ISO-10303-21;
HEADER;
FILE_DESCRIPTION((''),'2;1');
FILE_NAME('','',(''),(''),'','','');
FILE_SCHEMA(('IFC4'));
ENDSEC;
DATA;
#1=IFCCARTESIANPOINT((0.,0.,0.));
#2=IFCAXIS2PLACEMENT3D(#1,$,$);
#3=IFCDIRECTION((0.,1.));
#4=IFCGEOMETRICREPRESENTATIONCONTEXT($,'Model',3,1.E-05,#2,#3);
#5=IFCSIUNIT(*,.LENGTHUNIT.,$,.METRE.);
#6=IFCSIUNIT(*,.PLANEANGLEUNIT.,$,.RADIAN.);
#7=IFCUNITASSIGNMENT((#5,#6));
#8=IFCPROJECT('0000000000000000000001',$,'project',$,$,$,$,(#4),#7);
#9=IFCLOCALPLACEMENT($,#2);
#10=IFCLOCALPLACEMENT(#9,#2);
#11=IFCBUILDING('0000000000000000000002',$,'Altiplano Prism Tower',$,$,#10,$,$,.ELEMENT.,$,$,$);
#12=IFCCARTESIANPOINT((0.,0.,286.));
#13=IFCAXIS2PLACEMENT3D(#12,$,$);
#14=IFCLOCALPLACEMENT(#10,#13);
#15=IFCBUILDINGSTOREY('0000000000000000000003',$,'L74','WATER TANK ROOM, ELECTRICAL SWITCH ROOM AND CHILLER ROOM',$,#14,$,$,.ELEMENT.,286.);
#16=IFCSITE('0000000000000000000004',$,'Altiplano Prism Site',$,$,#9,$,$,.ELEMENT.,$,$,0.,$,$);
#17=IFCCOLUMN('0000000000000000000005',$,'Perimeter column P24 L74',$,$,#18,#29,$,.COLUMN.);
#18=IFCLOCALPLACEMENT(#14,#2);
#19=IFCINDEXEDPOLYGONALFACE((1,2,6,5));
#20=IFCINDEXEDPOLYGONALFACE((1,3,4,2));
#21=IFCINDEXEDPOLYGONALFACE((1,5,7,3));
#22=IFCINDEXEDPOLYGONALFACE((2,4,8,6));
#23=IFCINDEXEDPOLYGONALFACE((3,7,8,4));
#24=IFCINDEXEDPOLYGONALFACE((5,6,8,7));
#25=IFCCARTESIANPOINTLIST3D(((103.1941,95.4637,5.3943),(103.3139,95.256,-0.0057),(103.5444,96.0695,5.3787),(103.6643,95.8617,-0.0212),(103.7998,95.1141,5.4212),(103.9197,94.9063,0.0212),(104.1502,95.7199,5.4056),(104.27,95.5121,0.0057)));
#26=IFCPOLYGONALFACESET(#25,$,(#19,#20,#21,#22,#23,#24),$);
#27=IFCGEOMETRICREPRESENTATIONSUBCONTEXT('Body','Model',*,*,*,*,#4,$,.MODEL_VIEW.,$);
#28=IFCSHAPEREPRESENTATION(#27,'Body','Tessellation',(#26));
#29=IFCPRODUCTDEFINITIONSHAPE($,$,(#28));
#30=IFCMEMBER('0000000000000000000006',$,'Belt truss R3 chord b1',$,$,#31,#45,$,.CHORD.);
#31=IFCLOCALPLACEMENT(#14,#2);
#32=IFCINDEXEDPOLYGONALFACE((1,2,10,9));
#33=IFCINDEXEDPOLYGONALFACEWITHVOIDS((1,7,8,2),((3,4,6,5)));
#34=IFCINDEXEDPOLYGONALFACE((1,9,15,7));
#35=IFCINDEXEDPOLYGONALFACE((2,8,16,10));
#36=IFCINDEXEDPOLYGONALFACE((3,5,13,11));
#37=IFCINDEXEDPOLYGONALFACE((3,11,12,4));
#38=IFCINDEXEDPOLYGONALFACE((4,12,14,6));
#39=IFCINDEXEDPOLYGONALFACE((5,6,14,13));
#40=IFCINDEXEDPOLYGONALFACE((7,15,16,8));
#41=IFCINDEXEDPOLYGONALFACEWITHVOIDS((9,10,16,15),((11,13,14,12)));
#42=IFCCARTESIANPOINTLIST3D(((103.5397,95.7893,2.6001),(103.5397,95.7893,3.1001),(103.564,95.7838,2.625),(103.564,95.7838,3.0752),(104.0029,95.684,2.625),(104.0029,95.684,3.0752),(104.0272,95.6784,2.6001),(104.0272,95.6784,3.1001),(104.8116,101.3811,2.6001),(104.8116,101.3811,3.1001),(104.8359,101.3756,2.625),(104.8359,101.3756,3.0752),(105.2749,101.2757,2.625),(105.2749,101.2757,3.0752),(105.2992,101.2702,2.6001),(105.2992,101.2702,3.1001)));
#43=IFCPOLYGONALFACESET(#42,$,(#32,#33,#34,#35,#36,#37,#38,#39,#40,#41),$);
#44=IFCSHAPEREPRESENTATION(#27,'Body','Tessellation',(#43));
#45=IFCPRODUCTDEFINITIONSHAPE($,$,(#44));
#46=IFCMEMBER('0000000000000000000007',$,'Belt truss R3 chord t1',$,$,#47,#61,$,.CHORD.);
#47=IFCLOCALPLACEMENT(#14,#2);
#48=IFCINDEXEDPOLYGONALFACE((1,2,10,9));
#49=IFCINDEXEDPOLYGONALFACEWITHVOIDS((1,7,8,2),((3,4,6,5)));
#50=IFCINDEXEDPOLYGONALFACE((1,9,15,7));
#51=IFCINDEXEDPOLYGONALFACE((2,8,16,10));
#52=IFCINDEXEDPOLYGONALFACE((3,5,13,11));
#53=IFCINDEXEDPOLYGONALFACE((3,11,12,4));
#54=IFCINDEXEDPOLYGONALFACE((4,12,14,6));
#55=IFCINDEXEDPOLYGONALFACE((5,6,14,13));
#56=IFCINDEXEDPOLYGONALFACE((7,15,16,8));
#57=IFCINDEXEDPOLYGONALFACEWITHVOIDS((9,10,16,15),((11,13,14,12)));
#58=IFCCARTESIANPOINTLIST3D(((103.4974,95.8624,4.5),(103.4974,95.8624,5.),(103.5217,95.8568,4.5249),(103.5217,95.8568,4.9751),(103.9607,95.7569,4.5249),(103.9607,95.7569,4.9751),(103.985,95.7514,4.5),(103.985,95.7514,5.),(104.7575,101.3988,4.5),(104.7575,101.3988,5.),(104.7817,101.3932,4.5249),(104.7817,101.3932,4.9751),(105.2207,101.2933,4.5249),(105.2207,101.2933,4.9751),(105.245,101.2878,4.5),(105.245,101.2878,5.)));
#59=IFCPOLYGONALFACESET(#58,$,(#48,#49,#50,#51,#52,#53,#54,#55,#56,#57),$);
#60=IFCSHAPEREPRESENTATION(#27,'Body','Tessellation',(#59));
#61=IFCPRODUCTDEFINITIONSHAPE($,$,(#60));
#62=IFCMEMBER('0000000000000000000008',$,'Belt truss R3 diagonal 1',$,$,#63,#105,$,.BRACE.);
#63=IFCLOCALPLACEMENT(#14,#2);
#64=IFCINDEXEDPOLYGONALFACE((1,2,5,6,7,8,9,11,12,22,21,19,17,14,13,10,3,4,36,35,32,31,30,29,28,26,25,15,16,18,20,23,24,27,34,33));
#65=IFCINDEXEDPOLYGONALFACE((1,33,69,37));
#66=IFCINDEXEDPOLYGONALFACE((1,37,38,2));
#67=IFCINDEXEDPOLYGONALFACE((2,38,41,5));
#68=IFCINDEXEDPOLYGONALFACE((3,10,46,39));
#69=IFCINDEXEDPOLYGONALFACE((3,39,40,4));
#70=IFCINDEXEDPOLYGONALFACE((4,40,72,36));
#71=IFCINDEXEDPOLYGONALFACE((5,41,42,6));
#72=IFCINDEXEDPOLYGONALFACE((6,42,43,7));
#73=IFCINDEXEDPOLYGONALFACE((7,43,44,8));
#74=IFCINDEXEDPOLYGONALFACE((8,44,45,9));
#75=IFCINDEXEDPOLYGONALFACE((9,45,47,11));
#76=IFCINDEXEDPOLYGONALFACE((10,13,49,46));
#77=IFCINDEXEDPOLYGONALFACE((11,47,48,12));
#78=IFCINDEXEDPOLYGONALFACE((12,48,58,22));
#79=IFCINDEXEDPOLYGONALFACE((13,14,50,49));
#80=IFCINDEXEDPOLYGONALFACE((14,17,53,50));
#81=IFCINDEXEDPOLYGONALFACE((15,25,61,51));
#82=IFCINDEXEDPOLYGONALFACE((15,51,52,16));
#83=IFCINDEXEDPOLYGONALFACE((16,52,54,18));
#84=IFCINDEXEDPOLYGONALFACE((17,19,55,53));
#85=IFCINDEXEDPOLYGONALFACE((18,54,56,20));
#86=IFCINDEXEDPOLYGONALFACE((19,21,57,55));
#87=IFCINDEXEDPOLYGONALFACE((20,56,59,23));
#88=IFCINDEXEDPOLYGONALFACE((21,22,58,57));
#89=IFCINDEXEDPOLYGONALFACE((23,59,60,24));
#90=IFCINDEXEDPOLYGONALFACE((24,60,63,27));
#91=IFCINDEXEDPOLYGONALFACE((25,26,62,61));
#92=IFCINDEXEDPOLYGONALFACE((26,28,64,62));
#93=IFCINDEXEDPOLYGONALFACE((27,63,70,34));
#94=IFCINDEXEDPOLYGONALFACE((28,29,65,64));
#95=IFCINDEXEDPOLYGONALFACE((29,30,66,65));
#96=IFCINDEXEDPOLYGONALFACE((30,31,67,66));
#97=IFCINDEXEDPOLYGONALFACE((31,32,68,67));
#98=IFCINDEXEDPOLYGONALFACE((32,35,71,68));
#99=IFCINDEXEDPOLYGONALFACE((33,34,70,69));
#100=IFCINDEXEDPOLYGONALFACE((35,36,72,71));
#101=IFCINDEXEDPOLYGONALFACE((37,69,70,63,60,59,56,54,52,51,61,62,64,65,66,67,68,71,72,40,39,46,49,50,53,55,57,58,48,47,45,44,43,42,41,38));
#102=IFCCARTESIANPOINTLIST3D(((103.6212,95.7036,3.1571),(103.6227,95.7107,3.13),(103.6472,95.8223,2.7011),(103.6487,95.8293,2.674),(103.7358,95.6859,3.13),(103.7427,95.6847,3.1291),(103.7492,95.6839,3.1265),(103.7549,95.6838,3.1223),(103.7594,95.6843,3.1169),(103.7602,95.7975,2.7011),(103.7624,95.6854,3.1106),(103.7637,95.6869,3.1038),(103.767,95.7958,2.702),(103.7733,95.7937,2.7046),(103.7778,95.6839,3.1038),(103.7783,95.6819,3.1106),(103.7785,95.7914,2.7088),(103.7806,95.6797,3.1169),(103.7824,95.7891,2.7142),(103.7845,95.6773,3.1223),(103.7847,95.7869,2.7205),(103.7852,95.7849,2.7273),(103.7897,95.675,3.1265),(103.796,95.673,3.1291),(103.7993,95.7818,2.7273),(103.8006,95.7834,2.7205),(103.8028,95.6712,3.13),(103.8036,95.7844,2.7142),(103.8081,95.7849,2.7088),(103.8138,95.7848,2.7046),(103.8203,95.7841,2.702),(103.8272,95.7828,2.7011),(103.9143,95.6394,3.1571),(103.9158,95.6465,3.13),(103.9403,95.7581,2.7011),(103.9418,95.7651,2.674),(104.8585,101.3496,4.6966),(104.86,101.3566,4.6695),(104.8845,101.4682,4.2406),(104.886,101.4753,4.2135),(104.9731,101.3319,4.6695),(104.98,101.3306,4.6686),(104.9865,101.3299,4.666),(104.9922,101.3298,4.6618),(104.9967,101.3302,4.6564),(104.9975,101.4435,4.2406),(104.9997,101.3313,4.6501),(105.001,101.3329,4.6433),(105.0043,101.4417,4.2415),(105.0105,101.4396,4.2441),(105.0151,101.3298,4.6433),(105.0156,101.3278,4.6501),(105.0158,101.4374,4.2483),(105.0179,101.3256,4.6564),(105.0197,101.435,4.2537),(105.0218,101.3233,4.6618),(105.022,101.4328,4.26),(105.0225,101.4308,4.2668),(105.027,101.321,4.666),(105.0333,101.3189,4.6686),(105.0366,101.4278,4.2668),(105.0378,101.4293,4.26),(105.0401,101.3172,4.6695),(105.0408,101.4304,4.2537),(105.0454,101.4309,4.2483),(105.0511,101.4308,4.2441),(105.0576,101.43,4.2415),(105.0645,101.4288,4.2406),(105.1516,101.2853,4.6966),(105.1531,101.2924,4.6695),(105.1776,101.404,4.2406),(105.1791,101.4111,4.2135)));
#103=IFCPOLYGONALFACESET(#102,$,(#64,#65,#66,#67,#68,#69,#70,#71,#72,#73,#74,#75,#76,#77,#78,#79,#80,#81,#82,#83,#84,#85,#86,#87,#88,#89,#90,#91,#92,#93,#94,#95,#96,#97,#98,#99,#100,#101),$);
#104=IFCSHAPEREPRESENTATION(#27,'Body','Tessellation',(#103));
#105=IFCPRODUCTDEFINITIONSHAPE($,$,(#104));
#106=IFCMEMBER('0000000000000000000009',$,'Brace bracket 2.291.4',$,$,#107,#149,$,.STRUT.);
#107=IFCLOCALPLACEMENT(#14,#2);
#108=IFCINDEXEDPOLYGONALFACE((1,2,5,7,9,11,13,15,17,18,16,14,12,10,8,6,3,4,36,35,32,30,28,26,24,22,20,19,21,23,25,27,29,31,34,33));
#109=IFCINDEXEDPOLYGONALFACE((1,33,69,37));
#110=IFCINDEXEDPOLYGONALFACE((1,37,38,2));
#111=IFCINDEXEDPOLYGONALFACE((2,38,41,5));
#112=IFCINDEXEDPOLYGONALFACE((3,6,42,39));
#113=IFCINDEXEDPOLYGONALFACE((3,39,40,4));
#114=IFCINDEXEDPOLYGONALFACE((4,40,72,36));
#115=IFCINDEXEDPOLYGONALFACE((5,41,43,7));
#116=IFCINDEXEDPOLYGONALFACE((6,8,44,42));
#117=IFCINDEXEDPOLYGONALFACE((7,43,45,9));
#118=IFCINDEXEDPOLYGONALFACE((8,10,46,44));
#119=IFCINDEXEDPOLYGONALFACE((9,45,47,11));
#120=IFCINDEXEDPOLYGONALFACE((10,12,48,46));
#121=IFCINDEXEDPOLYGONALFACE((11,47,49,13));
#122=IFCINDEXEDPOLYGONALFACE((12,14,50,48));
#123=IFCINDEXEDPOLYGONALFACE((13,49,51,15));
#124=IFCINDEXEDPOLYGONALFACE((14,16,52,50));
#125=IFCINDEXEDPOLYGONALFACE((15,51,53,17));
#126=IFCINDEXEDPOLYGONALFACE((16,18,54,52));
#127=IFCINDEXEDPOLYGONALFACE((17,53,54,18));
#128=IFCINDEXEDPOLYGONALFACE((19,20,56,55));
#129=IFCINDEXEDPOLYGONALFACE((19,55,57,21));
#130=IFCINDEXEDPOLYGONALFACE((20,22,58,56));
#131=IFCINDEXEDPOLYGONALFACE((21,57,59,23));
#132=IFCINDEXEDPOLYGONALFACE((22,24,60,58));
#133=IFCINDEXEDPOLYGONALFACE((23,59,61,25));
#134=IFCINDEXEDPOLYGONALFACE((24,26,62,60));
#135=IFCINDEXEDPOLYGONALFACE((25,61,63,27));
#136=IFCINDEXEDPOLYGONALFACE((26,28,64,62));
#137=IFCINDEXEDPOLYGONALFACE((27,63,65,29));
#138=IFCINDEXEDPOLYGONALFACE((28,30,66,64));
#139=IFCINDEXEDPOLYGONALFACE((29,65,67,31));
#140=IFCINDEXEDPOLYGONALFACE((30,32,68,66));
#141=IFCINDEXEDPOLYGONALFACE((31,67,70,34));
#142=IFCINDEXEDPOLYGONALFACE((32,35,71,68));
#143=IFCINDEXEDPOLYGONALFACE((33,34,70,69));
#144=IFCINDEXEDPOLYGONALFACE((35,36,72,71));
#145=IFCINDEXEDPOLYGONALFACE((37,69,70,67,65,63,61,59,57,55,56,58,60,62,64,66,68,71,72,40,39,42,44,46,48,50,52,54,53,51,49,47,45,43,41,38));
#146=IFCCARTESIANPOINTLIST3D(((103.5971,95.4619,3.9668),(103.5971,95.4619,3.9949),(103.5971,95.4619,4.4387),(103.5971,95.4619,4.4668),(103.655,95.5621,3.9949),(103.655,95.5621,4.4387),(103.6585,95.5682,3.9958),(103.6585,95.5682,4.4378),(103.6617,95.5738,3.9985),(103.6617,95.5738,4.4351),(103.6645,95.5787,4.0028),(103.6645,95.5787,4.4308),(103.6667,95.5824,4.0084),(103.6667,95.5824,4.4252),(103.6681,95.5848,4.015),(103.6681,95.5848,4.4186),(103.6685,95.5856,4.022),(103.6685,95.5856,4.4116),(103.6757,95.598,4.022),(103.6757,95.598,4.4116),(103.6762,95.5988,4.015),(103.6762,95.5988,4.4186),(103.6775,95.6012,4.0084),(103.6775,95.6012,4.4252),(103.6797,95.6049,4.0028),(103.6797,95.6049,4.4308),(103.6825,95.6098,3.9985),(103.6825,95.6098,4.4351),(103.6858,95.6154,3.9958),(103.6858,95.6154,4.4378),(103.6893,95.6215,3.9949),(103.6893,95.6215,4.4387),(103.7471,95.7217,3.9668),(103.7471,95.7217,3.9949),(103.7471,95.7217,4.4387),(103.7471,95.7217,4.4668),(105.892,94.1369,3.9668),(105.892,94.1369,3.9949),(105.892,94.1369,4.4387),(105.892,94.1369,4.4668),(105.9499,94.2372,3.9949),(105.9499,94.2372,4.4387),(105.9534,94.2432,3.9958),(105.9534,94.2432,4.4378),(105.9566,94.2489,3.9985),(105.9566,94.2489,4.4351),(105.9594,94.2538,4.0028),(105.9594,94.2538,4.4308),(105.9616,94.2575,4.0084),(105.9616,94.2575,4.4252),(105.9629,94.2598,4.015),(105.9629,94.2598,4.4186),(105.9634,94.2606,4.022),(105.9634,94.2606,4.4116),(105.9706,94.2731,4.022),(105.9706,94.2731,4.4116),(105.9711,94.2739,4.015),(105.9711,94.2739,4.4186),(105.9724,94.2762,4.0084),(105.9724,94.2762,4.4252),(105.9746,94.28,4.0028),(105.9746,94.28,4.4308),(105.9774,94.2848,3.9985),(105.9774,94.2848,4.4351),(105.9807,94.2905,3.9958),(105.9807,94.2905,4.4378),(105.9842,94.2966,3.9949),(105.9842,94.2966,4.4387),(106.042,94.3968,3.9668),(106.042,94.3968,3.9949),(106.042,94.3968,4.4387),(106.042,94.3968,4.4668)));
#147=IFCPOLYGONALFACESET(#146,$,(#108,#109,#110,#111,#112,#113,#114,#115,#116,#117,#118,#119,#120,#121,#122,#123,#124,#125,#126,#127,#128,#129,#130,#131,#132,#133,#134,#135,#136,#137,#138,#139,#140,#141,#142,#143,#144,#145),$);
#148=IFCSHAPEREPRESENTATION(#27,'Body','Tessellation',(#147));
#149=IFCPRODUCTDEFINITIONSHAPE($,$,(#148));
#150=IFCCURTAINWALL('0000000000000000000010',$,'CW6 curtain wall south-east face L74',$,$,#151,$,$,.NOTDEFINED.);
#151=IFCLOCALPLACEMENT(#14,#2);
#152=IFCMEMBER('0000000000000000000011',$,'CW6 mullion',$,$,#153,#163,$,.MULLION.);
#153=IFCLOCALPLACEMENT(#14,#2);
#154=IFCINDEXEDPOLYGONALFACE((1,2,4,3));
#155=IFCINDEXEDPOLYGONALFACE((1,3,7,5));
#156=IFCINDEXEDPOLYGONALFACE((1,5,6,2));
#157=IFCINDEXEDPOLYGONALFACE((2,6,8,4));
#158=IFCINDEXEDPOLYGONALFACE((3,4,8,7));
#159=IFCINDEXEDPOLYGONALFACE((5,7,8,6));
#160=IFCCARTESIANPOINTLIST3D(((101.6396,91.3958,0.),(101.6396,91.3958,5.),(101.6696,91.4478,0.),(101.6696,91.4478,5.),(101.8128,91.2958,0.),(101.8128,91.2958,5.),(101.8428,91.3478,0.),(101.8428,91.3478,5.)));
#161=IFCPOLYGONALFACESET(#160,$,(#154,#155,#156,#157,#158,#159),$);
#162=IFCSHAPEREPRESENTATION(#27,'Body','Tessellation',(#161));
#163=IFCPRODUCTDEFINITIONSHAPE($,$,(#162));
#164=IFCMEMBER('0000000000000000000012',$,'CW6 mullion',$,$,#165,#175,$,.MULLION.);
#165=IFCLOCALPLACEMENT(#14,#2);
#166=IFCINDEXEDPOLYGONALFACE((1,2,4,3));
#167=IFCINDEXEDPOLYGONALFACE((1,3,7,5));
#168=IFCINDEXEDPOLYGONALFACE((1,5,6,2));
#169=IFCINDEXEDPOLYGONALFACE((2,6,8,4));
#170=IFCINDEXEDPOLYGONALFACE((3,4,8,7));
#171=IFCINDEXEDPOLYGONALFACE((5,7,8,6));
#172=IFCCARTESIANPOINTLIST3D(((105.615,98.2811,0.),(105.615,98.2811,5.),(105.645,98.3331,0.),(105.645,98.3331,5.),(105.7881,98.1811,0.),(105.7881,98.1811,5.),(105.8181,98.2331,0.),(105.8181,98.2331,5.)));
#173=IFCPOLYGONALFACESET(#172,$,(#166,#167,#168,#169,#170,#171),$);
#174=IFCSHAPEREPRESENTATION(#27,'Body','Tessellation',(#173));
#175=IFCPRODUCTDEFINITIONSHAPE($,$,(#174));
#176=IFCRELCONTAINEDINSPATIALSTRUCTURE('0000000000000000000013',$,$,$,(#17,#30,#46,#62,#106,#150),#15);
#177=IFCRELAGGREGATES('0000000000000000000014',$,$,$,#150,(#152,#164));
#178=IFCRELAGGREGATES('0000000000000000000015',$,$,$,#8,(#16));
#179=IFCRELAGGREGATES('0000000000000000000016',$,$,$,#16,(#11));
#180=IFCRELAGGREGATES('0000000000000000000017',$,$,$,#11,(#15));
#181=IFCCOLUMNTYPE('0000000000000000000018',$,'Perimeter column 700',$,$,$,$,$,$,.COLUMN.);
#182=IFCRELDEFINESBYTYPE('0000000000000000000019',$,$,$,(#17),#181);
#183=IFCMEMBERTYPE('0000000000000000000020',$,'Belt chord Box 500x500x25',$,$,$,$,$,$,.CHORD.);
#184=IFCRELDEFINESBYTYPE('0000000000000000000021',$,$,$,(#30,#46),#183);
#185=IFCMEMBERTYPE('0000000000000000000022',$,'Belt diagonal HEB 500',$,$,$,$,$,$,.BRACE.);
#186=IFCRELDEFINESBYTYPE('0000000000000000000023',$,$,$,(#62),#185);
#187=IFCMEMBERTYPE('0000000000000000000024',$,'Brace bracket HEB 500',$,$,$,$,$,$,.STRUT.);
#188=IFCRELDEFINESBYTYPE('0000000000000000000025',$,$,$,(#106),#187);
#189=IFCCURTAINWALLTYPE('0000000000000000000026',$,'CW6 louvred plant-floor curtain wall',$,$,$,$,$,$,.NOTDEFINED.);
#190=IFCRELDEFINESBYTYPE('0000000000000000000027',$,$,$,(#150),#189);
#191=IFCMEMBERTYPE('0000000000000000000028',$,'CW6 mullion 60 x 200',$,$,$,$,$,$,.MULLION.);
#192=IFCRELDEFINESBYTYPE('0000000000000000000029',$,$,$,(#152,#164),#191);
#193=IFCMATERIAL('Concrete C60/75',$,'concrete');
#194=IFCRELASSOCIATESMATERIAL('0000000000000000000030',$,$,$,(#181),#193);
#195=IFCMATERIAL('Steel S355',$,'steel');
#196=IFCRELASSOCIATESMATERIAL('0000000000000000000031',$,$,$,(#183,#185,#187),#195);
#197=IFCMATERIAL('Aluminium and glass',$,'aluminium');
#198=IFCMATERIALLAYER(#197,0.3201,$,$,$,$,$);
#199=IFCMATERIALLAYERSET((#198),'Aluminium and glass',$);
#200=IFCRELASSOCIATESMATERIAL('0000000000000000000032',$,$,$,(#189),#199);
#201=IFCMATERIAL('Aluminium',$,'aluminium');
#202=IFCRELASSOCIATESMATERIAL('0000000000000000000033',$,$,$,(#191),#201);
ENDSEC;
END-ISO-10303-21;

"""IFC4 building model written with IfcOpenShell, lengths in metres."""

from ifc_helpers import new_model, si_unit, direction, frame, origin, origin_2d, place, context, subcontext, project, spatial, rectangle, hollow_rectangle, i_section, extrude, material, layer, layer_set, material_profile, profile_set, type_object, element, aggregate, save


model = new_model("IFC4")

# Units and contexts
model_context = context("Model", 3, precision=1e-05, world=origin(), true_north=direction((0.0, 1.0)))
body_context = subcontext(model_context, "Body", "Model", "MODEL_VIEW")
ifc_project = project(units=[si_unit("LENGTHUNIT", "METRE"), si_unit("PLANEANGLEUNIT", "RADIAN")], contexts=[model_context])

# Site, building, storey
site_placement = place(None, origin())
site = spatial("IfcSite", under=ifc_project, at=site_placement, Name="Altiplano Prism Site", CompositionType="ELEMENT", RefElevation=0.0)
building_placement = place(site_placement, origin())
building = spatial("IfcBuilding", under=site, at=building_placement, Name="Altiplano Prism Tower", CompositionType="ELEMENT")
storey_placement = place(building_placement, frame((0.0, 0.0, 286.0)))
storey = spatial("IfcBuildingStorey", under=building, at=storey_placement, Name="L74", Description="WATER TANK ROOM, ELECTRICAL SWITCH ROOM AND CHILLER ROOM", CompositionType="ELEMENT", Elevation=286.0)

# Column
ifc_material_1 = material(Name="Concrete C60/75", Category="concrete")
ifc_material_profile_1 = material_profile(ifc_material_1, rectangle(XDim=0.7, YDim=0.7, at=origin_2d()), Name="Perimeter column 700")
ifc_profile_set_1 = profile_set([ifc_material_profile_1], Name="Concrete C60/75")
column_type = type_object("IfcColumnType", Name="Perimeter column 700", PredefinedType="COLUMN", material=ifc_profile_set_1)
column_placement = place(storey_placement, frame((103.792, 95.384, 0.0), z_axis=(-0.022177, 0.038438, 0.999015), x_axis=(-0.500498, -0.865454, 0.022188)))
element("IfcColumn", 1, at=column_placement, inside=storey, type_object=column_type, Name="Perimeter column P24 L74", PredefinedType="COLUMN", context=body_context, shape_type="SweptSolid", body=[
    extrude(rectangle(XDim=0.7, YDim=0.7, at=origin_2d()), origin(), (0.0, 0.0, 1.0), 5.4053),
])

# Members
ifc_material_2 = material(Name="Steel S355", Category="steel")
ifc_material_profile_2 = material_profile(ifc_material_2, hollow_rectangle(XDim=0.5, YDim=0.5, WallThickness=0.0249, at=origin_2d()), Name="Belt chord Box 500x500x25")
ifc_profile_set_2 = profile_set([ifc_material_profile_2], Name="Steel S355")
member_type_1 = type_object("IfcMemberType", Name="Belt chord Box 500x500x25", PredefinedType="CHORD", material=ifc_profile_set_2)
member_1_placement = place(storey_placement, frame((103.7834, 95.7339, 2.8501), z_axis=(0.221805, 0.975091, 0.0), x_axis=(-0.975091, 0.221805, 0.0)))
element("IfcMember", 2, at=member_1_placement, inside=storey, type_object=member_type_1, Name="Belt truss R3 chord b1", PredefinedType="CHORD", context=body_context, shape_type="SweptSolid", body=[
    extrude(hollow_rectangle(XDim=0.5, YDim=0.5, WallThickness=0.0249, at=origin_2d()), origin(), (0.0, 0.0, 1.0), 5.7346),
])
member_2_placement = place(storey_placement, frame((103.7412, 95.8069, 4.75), z_axis=(0.221913, 0.975066, 0.0), x_axis=(-0.975066, 0.221913, 0.0)))
element("IfcMember", 3, at=member_2_placement, inside=storey, type_object=member_type_1, Name="Belt truss R3 chord t1", PredefinedType="CHORD", context=body_context, shape_type="SweptSolid", body=[
    extrude(hollow_rectangle(XDim=0.5, YDim=0.5, WallThickness=0.0249, at=origin_2d()), origin(), (0.0, 0.0, 1.0), 5.678),
])
ifc_material_profile_3 = material_profile(ifc_material_2, i_section(OverallWidth=0.3, OverallDepth=0.5, WebThickness=0.0144, FlangeThickness=0.0281, FilletRadius=0.0271, at=origin_2d()), Name="Belt diagonal HEB 500")
ifc_profile_set_3 = profile_set([ifc_material_profile_3], Name="Steel S355")
member_type_2 = type_object("IfcMemberType", Name="Belt diagonal HEB 500", PredefinedType="BRACE", material=ifc_profile_set_3)
member_3_placement = place(storey_placement, frame((103.7815, 95.7344, 2.9155), z_axis=(0.206855, 0.943909, 0.257385), x_axis=(-0.976819, 0.214067, 0.0)))
element("IfcMember", 4, at=member_3_placement, inside=storey, type_object=member_type_2, Name="Belt truss R3 diagonal 1", PredefinedType="BRACE", context=body_context, shape_type="SweptSolid", body=[
    extrude(i_section(OverallWidth=0.3, OverallDepth=0.5, WebThickness=0.0144, FlangeThickness=0.0281, FilletRadius=0.0271, at=origin_2d()), origin(), (0.0, 0.0, 1.0), 5.9814),
])
ifc_material_profile_4 = material_profile(ifc_material_2, i_section(OverallWidth=0.3, OverallDepth=0.5, WebThickness=0.0144, FlangeThickness=0.0281, FilletRadius=0.0271, at=origin_2d()), Name="Brace bracket HEB 500")
ifc_profile_set_4 = profile_set([ifc_material_profile_4], Name="Steel S355")
member_type_3 = type_object("IfcMemberType", Name="Brace bracket HEB 500", PredefinedType="STRUT", material=ifc_profile_set_4)
member_4_placement = place(storey_placement, frame((103.6721, 95.5918, 4.2168), z_axis=(0.866029, -0.499994, 0.0), x_axis=(0.499994, 0.866029, 0.0)))
element("IfcMember", 5, at=member_4_placement, inside=storey, type_object=member_type_3, Name="Brace bracket 2.291.4", PredefinedType="STRUT", context=body_context, shape_type="SweptSolid", body=[
    extrude(i_section(OverallWidth=0.3, OverallDepth=0.5, WebThickness=0.0144, FlangeThickness=0.0281, FilletRadius=0.0271, at=origin_2d()), origin(), (0.0, 0.0, 1.0), 2.6499),
])

# Curtain wall, members
ifc_material_3 = material(Name="Aluminium and glass", Category="aluminium")
ifc_layer_1 = layer(ifc_material_3, 0.3201)
ifc_layer_set_1 = layer_set([ifc_layer_1], Name="Aluminium and glass")
curtain_wall_type = type_object("IfcCurtainWallType", Name="CW6 louvred plant-floor curtain wall", PredefinedType="NOTDEFINED", material=ifc_layer_set_1)
curtain_wall_1_placement = place(storey_placement, origin())
curtain_wall_1 = element("IfcCurtainWall", 6, at=curtain_wall_1_placement, inside=storey, type_object=curtain_wall_type, Name="CW6 curtain wall south-east face L74", PredefinedType="NOTDEFINED")
ifc_material_4 = material(Name="Aluminium", Category="aluminium")
ifc_material_profile_5 = material_profile(ifc_material_4, rectangle(XDim=0.2, YDim=0.0601, at=origin_2d()), Name="CW6 mullion 60 x 200")
ifc_profile_set_5 = profile_set([ifc_material_profile_5], Name="Aluminium")
member_type_4 = type_object("IfcMemberType", Name="CW6 mullion 60 x 200", PredefinedType="MULLION", material=ifc_profile_set_5)
member_5_placement = place(storey_placement, frame((101.7412, 91.3718, 0.0), z_axis=(0.0, 0.0, 1.0), x_axis=(-0.866025, 0.5, 0.0)))
member_5 = element("IfcMember", 7, at=member_5_placement, type_object=member_type_4, Name="CW6 mullion", PredefinedType="MULLION", context=body_context, shape_type="SweptSolid", body=[
    extrude(rectangle(XDim=0.2, YDim=0.0601, at=origin_2d()), origin(), (0.0, 0.0, 1.0), 5.0),
])
member_6_placement = place(storey_placement, frame((105.7166, 98.2571, 0.0), z_axis=(0.0, 0.0, 1.0), x_axis=(-0.866025, 0.5, 0.0)))
member_6 = element("IfcMember", 8, at=member_6_placement, type_object=member_type_4, Name="CW6 mullion", PredefinedType="MULLION", context=body_context, shape_type="SweptSolid", body=[
    extrude(rectangle(XDim=0.2, YDim=0.0601, at=origin_2d()), origin(), (0.0, 0.0, 1.0), 5.0),
])

aggregate(curtain_wall_1, [member_5, member_6])

save(model, "model.ifc")
